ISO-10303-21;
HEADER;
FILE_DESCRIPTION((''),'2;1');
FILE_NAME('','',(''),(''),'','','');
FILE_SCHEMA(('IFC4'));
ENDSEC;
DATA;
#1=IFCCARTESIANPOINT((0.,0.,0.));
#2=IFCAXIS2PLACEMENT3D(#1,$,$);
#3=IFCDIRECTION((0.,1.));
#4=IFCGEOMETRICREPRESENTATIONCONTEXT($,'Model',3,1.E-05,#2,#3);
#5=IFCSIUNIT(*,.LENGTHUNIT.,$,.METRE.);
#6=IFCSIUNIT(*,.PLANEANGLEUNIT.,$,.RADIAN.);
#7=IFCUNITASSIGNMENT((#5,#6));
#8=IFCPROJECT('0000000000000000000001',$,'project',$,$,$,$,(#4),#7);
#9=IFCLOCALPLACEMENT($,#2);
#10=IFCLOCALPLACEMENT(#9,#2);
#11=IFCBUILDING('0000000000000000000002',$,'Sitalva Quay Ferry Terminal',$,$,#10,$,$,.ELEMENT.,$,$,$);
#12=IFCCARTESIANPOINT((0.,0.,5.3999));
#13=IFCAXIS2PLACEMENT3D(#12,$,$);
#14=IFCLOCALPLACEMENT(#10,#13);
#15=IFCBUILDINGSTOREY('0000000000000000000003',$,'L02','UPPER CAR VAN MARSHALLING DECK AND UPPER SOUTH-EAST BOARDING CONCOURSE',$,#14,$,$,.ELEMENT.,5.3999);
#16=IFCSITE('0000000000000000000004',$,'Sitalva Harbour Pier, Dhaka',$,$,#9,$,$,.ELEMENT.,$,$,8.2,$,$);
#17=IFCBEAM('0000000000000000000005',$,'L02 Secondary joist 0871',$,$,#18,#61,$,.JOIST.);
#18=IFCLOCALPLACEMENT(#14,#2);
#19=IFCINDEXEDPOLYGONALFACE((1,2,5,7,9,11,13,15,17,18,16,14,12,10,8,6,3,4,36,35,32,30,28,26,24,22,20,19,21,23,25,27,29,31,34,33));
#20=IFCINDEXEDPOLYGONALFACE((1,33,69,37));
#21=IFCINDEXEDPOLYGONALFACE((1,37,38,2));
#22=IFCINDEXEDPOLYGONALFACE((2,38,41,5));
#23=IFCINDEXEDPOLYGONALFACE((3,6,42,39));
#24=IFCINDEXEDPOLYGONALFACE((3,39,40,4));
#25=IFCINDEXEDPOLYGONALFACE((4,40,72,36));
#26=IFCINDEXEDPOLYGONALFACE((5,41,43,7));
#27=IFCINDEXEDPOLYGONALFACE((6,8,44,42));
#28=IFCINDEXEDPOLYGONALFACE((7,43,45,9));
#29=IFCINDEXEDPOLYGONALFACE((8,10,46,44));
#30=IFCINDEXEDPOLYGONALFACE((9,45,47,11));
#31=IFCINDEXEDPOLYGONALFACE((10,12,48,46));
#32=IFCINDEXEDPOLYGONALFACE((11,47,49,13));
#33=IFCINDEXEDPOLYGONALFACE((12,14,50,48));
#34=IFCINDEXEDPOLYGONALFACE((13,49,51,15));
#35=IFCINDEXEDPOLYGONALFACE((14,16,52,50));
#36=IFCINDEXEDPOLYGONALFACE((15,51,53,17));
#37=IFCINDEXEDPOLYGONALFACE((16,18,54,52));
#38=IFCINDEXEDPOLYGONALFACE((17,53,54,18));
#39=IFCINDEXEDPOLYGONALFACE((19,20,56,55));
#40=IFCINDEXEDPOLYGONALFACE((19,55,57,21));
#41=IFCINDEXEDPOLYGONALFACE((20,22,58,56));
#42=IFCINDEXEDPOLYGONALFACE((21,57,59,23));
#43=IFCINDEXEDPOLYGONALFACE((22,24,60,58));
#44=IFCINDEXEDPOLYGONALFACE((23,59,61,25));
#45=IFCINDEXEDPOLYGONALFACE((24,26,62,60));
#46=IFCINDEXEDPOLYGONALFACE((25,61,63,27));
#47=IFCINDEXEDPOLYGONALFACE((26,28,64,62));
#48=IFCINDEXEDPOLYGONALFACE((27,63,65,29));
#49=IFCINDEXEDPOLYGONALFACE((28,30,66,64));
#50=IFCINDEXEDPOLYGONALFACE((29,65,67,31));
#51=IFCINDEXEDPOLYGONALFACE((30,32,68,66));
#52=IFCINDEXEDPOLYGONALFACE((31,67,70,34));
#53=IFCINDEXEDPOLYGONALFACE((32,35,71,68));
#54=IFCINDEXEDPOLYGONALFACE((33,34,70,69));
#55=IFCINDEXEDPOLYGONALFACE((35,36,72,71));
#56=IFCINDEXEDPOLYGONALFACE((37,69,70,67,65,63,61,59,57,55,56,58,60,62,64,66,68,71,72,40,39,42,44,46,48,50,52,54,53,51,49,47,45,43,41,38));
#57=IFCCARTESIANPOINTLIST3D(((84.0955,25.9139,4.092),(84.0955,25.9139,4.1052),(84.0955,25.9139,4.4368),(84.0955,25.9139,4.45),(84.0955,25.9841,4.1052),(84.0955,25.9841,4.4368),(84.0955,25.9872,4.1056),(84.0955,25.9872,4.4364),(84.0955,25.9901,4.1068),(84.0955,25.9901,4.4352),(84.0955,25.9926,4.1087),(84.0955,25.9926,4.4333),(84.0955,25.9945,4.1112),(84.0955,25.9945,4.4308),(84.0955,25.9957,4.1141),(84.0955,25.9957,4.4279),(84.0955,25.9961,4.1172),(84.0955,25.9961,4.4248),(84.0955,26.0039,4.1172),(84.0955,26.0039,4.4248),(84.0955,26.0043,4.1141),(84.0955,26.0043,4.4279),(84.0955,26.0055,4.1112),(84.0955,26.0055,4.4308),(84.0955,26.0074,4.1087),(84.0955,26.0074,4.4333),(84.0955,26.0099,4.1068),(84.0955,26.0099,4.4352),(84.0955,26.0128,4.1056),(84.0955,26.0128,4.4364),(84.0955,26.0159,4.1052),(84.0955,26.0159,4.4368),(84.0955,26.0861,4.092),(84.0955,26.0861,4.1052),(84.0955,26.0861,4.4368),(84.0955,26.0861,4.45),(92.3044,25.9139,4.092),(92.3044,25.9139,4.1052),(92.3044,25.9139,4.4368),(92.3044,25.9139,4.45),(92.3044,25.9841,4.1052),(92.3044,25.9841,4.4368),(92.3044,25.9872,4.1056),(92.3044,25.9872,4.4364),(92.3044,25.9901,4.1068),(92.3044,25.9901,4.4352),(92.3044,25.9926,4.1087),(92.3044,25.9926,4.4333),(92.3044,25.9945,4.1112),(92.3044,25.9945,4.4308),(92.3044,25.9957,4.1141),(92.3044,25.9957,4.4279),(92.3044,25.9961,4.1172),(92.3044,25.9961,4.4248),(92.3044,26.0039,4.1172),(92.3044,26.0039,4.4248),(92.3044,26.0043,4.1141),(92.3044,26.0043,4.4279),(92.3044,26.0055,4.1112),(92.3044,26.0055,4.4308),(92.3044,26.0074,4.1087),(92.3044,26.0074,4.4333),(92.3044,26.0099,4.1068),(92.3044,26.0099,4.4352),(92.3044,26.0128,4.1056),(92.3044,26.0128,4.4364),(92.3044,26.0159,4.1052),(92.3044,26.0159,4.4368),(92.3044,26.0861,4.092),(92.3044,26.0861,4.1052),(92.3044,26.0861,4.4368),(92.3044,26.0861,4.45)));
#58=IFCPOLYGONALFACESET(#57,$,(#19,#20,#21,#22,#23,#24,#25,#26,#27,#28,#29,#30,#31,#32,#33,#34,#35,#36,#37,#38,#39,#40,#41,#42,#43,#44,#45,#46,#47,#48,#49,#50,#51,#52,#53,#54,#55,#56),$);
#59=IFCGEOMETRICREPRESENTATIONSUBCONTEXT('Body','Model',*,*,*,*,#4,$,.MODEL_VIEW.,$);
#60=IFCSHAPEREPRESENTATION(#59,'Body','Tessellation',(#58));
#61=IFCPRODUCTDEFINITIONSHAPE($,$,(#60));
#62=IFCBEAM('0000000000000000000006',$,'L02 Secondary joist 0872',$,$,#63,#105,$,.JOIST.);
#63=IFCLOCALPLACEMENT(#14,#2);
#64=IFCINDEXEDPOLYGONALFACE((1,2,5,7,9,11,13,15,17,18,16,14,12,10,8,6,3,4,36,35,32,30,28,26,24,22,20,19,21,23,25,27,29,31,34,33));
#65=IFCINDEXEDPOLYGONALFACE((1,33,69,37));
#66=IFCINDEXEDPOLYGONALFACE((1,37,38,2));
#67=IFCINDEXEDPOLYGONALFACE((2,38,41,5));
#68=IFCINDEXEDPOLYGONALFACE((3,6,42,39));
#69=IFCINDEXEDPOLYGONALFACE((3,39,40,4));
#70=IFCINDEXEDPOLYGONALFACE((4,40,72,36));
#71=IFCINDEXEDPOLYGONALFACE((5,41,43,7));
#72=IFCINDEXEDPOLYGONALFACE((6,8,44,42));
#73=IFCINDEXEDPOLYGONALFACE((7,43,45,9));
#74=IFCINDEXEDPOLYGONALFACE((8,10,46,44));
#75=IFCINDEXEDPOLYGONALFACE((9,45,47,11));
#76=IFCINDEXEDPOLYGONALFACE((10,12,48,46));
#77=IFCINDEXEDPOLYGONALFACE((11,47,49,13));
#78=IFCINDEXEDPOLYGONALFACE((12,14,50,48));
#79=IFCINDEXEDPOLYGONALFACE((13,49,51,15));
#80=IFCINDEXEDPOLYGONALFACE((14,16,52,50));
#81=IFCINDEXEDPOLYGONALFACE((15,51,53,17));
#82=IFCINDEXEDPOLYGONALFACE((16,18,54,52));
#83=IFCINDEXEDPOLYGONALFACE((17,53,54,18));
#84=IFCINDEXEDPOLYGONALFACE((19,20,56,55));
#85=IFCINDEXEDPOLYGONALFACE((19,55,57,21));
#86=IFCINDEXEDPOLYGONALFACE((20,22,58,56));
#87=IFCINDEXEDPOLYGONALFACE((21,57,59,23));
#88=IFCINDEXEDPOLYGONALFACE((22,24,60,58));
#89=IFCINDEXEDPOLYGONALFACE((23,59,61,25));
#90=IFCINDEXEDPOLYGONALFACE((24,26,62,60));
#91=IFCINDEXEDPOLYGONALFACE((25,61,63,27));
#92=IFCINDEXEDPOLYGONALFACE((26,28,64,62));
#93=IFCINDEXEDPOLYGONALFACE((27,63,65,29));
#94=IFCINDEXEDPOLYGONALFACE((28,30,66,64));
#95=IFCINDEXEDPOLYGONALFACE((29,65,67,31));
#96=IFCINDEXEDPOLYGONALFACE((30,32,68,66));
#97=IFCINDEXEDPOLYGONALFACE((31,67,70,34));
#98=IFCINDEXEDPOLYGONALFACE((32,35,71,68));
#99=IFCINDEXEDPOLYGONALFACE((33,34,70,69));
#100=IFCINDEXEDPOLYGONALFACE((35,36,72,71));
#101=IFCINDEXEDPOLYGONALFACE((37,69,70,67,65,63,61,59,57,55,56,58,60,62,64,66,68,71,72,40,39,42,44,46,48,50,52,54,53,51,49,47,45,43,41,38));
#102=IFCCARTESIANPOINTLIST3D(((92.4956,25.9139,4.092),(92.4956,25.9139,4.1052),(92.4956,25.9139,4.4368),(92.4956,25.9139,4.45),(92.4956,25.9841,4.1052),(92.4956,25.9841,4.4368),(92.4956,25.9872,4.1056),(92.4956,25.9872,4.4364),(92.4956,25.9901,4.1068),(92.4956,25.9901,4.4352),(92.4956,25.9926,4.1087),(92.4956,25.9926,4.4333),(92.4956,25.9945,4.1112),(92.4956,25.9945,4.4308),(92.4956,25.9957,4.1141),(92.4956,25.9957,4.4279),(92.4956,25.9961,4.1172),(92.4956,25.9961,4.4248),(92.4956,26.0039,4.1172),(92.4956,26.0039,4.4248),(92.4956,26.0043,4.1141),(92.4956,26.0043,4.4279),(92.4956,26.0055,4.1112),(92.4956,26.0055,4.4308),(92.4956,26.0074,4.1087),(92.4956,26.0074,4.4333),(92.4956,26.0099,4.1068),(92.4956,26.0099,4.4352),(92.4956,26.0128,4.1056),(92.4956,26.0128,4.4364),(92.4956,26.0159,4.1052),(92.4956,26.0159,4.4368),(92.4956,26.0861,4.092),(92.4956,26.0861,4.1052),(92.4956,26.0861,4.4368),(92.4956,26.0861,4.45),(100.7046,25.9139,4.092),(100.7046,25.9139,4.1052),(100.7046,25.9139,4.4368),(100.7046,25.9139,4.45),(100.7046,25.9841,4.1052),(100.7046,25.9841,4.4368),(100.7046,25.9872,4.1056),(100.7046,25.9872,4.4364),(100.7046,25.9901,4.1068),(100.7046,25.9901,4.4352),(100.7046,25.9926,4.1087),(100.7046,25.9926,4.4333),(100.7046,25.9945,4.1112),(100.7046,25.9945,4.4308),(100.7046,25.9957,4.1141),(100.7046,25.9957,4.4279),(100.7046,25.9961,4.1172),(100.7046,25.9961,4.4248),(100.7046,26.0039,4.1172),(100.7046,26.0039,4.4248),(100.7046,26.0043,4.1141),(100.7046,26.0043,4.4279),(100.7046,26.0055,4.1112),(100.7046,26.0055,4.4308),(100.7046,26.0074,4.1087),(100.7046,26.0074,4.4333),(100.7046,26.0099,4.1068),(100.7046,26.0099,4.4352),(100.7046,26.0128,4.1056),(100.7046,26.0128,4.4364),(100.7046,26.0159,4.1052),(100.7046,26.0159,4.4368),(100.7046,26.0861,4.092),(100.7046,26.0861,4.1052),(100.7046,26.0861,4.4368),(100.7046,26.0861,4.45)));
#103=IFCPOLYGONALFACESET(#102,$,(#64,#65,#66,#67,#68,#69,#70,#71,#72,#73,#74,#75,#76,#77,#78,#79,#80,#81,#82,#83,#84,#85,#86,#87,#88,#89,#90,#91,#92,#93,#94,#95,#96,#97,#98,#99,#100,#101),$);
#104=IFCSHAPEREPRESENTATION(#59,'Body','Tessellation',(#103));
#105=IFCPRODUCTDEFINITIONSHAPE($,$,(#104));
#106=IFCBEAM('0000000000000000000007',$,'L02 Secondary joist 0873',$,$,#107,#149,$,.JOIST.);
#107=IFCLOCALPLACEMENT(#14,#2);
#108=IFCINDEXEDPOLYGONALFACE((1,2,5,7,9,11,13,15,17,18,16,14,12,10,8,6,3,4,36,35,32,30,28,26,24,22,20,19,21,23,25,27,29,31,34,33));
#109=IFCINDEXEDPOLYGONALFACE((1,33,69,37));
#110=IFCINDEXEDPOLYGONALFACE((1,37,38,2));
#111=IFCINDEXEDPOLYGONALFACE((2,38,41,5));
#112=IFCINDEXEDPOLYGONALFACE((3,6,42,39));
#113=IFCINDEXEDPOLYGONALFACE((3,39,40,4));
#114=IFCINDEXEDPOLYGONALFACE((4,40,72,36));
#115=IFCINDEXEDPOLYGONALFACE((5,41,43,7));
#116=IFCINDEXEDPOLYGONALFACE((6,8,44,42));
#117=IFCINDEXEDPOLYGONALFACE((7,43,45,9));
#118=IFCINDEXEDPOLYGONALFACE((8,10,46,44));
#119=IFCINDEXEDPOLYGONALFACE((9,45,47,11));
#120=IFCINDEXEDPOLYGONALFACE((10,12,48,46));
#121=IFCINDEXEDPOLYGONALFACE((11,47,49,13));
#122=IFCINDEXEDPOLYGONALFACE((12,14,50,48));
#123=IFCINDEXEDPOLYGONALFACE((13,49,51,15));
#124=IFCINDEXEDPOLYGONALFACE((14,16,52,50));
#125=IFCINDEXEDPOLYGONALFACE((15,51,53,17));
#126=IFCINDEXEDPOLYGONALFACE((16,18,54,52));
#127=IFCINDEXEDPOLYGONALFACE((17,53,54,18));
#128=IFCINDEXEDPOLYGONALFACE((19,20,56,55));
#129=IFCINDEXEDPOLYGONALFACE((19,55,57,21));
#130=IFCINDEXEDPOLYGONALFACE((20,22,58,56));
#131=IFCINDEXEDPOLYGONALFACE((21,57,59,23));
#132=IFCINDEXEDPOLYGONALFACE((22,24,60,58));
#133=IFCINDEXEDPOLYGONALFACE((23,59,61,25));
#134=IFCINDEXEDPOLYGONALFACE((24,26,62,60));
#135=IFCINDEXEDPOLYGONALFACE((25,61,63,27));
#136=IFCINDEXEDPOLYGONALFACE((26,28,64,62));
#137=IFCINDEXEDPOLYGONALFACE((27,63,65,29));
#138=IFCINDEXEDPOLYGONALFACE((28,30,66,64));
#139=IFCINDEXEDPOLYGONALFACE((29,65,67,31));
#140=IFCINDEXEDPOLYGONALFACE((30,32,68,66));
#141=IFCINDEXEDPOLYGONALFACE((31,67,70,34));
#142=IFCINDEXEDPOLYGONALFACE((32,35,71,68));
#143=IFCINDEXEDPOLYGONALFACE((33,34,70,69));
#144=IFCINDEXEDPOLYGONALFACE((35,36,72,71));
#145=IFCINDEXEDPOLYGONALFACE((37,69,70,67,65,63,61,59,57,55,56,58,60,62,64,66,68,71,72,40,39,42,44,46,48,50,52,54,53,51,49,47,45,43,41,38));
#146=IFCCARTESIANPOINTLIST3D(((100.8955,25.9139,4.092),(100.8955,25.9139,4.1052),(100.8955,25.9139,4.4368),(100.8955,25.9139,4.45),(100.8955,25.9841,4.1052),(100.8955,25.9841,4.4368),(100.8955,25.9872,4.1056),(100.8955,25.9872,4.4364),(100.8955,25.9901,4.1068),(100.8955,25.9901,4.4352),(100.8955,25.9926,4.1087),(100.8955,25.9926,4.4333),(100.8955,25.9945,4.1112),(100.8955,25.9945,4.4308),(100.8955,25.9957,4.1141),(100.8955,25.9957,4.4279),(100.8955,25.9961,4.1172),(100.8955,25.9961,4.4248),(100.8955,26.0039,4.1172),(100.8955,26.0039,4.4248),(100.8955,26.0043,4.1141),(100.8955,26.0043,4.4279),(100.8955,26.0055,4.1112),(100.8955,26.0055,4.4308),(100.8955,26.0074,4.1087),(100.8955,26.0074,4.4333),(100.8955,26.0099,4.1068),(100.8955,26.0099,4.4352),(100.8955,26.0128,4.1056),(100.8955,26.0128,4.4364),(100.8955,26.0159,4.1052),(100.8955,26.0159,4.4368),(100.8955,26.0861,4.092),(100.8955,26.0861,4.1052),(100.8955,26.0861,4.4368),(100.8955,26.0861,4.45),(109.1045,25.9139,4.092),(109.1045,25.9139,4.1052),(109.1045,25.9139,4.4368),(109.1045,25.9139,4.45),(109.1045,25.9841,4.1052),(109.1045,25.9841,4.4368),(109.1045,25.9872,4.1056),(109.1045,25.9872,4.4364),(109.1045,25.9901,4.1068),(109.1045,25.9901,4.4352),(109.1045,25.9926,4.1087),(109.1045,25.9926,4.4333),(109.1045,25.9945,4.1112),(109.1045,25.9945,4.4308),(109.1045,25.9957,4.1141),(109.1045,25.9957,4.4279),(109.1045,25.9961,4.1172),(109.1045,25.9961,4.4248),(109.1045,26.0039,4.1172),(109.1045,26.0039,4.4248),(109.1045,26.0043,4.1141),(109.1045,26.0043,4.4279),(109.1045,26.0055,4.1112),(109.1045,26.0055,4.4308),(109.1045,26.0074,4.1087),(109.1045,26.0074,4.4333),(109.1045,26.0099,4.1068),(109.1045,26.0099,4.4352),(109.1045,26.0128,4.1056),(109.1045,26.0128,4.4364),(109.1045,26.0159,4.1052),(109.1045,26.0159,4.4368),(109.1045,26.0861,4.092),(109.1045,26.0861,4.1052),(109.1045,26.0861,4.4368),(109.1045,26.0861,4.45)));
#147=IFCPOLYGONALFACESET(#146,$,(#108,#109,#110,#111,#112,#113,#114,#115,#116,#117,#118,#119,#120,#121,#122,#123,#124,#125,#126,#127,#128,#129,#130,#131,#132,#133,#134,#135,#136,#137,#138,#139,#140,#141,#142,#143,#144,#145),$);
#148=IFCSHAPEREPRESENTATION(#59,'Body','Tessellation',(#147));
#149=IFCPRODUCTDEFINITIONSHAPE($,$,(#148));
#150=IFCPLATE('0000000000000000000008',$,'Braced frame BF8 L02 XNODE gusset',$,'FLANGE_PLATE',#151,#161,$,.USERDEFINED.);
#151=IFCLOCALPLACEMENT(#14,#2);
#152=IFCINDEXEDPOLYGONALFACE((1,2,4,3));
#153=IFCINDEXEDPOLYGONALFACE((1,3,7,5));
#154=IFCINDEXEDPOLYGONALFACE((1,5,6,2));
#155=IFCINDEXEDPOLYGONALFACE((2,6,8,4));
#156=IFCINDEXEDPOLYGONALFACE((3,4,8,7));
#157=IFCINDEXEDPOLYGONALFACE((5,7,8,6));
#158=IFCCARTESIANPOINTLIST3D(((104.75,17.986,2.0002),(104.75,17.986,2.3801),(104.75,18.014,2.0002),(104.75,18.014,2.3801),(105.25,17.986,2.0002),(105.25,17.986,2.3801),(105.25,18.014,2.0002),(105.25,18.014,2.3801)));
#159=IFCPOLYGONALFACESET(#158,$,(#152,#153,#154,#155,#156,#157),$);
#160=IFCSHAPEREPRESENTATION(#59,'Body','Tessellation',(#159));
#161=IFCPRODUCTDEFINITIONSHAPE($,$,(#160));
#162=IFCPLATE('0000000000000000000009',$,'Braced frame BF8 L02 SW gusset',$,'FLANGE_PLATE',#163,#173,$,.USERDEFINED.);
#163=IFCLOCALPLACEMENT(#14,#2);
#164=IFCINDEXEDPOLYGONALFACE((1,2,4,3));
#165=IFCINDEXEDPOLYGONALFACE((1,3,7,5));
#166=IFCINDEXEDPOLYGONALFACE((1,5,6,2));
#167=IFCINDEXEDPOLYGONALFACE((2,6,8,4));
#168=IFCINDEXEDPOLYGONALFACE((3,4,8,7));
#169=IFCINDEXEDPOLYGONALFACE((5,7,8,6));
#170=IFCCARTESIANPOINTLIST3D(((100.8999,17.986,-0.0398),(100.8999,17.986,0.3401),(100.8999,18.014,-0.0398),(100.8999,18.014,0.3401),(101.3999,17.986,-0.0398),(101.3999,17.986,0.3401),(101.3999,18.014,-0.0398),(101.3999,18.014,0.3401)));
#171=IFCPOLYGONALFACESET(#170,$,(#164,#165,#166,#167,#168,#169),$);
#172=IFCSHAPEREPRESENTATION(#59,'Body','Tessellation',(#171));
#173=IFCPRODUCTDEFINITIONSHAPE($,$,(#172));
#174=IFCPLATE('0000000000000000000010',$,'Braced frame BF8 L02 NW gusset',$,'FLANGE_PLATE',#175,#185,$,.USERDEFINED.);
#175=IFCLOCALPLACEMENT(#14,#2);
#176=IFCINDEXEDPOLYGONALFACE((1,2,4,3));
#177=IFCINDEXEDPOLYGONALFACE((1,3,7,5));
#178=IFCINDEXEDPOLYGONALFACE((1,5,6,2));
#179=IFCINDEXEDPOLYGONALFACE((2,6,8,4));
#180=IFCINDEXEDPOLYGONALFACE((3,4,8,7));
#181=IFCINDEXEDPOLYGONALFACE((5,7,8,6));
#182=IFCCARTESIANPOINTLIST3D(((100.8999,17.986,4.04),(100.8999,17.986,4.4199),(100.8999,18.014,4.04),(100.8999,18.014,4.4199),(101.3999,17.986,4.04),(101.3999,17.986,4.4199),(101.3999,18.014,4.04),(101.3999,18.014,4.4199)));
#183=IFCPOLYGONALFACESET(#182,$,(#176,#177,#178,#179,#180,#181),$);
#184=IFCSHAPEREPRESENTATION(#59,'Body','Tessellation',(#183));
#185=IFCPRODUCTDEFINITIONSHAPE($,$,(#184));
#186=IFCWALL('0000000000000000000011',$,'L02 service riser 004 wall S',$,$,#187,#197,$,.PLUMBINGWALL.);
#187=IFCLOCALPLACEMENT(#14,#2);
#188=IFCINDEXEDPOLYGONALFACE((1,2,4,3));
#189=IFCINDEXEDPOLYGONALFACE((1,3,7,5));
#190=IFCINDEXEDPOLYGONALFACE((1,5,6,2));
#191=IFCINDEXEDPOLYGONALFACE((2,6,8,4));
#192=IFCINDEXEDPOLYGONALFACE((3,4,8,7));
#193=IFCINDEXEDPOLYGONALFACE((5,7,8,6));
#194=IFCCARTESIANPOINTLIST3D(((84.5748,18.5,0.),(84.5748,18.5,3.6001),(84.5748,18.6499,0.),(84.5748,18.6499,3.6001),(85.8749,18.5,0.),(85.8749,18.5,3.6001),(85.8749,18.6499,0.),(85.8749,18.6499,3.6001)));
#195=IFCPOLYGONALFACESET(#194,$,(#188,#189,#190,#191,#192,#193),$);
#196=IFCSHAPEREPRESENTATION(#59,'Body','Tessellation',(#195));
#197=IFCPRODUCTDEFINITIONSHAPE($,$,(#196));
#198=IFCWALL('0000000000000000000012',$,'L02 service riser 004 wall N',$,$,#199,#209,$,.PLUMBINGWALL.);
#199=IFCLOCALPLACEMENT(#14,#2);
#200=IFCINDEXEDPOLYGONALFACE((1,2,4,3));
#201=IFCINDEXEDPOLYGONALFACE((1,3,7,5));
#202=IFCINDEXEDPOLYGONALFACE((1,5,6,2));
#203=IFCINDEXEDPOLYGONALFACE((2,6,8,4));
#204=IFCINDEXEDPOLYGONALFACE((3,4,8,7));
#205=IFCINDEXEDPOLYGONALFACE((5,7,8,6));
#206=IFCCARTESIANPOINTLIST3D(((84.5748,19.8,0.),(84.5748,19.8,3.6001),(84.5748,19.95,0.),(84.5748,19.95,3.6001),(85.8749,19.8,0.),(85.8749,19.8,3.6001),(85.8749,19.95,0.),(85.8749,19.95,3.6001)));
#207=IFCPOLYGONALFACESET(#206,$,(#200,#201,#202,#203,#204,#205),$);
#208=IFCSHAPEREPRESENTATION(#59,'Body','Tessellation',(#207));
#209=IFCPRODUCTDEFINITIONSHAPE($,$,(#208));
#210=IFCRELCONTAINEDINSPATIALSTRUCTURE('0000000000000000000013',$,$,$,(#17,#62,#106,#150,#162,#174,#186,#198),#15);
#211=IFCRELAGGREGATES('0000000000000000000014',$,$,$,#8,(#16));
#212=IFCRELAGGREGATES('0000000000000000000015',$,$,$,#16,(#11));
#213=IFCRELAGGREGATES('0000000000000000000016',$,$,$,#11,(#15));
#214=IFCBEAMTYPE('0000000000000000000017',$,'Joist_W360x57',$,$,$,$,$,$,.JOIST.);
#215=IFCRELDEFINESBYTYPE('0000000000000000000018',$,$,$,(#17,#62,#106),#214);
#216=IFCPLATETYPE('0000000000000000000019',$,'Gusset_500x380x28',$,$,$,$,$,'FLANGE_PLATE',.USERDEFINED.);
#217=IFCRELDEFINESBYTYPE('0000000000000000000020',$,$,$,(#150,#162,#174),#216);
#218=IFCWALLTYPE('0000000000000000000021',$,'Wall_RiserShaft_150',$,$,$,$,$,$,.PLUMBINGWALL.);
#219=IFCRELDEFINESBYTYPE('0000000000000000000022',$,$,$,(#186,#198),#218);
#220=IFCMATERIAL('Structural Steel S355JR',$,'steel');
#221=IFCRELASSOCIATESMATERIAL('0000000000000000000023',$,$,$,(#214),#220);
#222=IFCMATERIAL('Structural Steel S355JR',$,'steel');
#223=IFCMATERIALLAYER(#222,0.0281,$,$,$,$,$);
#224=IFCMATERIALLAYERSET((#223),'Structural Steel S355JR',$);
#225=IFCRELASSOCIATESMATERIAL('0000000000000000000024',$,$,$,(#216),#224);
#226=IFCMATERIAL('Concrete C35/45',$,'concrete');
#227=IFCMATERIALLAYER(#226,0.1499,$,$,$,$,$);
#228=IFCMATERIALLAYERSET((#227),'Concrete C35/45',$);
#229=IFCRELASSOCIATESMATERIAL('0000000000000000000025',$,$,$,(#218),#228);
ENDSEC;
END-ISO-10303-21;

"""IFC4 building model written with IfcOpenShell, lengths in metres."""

from ifc_helpers import new_model, si_unit, direction, frame, frame_2d, origin, origin_2d, place, context, subcontext, project, spatial, rectangle, i_section, extrude, material, layer, layer_set, material_profile, profile_set, type_object, element, save


model = new_model("IFC4")

# Units and contexts
model_context = context("Model", 3, precision=1e-05, world=origin(), true_north=direction((0.0, 1.0)))
body_context = subcontext(model_context, "Body", "Model", "MODEL_VIEW")
ifc_project = project(units=[si_unit("LENGTHUNIT", "METRE"), si_unit("PLANEANGLEUNIT", "RADIAN")], contexts=[model_context])

# Site, building, storey
site_placement = place(None, origin())
site = spatial("IfcSite", under=ifc_project, at=site_placement, Name="Sitalva Harbour Pier, Dhaka", CompositionType="ELEMENT", RefElevation=8.2)
building_placement = place(site_placement, origin())
building = spatial("IfcBuilding", under=site, at=building_placement, Name="Sitalva Quay Ferry Terminal", CompositionType="ELEMENT")
storey_placement = place(building_placement, frame((0.0, 0.0, 5.3999)))
storey = spatial("IfcBuildingStorey", under=building, at=storey_placement, Name="L02", Description="UPPER CAR VAN MARSHALLING DECK AND UPPER SOUTH-EAST BOARDING CONCOURSE", CompositionType="ELEMENT", Elevation=5.3999)

# Beams
ifc_material_1 = material(Name="Structural Steel S355JR", Category="steel")
ifc_material_profile_1 = material_profile(ifc_material_1, i_section(OverallWidth=0.1721, OverallDepth=0.3579, WebThickness=0.0078, FlangeThickness=0.0132, FilletRadius=0.012, at=origin_2d()), Name="W360x57")
ifc_profile_set_1 = profile_set([ifc_material_profile_1], Name="Structural Steel S355JR")
beam_type_1 = type_object("IfcBeamType", Name="Joist_W360x57", PredefinedType="JOIST", material=ifc_profile_set_1)
for number, where, z_axis, x_axis, name in (
    (1, (84.0955, 26.0, 4.271), (1.0, 0.0, 0.0), (0.0, 1.0, 0.0), "L02 Secondary joist 0871"),
    (2, (92.4956, 26.0, 4.271), (1.0, 0.0, 0.0), (0.0, 1.0, 0.0), "L02 Secondary joist 0872"),
    (3, (100.8955, 26.0, 4.271), (1.0, 0.0, 0.0), (0.0, 1.0, 0.0), "L02 Secondary joist 0873"),
):
    element("IfcBeam", number, at=place(storey_placement, frame(where, z_axis=z_axis, x_axis=x_axis)), inside=storey, type_object=beam_type_1, Name=name, PredefinedType="JOIST", context=body_context, shape_type="SweptSolid", body=[
        extrude(i_section(OverallWidth=0.1721, OverallDepth=0.3579, WebThickness=0.0078, FlangeThickness=0.0132, FilletRadius=0.012, at=origin_2d()), origin(), (0.0, 0.0, 1.0), 8.209),
    ])

# Plates
ifc_material_2 = material(Name="Structural Steel S355JR", Category="steel")
ifc_layer_1 = layer(ifc_material_2, 0.0281)
ifc_layer_set_1 = layer_set([ifc_layer_1], Name="Structural Steel S355JR")
plate_type = type_object("IfcPlateType", Name="Gusset_500x380x28", ElementType="FLANGE_PLATE", PredefinedType="USERDEFINED", material=ifc_layer_set_1)
for number, where, z_axis, x_axis, name in (
    (4, (105.0, 18.0, 2.0002), (0.0, 0.0, 1.0), (1.0, 0.0, 0.0), "Braced frame BF8 L02 XNODE gusset"),
    (5, (101.1499, 18.0, -0.0398), (0.0, 0.0, 1.0), (1.0, 0.0, 0.0), "Braced frame BF8 L02 SW gusset"),
    (6, (101.1499, 18.0, 4.04), (0.0, 0.0, 1.0), (1.0, 0.0, 0.0), "Braced frame BF8 L02 NW gusset"),
):
    element("IfcPlate", number, at=place(storey_placement, frame(where, z_axis=z_axis, x_axis=x_axis)), inside=storey, type_object=plate_type, Name=name, ObjectType="FLANGE_PLATE", PredefinedType="USERDEFINED", context=body_context, shape_type="SweptSolid", body=[
        extrude(rectangle(XDim=0.5, YDim=0.0281, at=origin_2d()), origin(), (0.0, 0.0, 1.0), 0.3799),
    ])

# Walls
ifc_material_3 = material(Name="Concrete C35/45", Category="concrete")
ifc_layer_2 = layer(ifc_material_3, 0.1499)
ifc_layer_set_2 = layer_set([ifc_layer_2], Name="Concrete C35/45")
wall_type = type_object("IfcWallType", Name="Wall_RiserShaft_150", PredefinedType="PLUMBINGWALL", material=ifc_layer_set_2)
for number, where, z_axis, x_axis, name in (
    (7, (84.575, 18.575, 0.0), (0.0, 0.0, 1.0), (1.0, 0.0, 0.0), "L02 service riser 004 wall S"),
    (8, (84.575, 19.875, 0.0), (0.0, 0.0, 1.0), (1.0, 0.0, 0.0), "L02 service riser 004 wall N"),
):
    element("IfcWall", number, at=place(storey_placement, frame(where, z_axis=z_axis, x_axis=x_axis)), inside=storey, type_object=wall_type, Name=name, PredefinedType="PLUMBINGWALL", context=body_context, shape_type="SweptSolid", body=[
        extrude(rectangle(XDim=1.3, YDim=0.1499, at=frame_2d((0.6499, 0.0))), origin(), (0.0, 0.0, 1.0), 3.6001),
    ])

save(model, "model.ifc")
